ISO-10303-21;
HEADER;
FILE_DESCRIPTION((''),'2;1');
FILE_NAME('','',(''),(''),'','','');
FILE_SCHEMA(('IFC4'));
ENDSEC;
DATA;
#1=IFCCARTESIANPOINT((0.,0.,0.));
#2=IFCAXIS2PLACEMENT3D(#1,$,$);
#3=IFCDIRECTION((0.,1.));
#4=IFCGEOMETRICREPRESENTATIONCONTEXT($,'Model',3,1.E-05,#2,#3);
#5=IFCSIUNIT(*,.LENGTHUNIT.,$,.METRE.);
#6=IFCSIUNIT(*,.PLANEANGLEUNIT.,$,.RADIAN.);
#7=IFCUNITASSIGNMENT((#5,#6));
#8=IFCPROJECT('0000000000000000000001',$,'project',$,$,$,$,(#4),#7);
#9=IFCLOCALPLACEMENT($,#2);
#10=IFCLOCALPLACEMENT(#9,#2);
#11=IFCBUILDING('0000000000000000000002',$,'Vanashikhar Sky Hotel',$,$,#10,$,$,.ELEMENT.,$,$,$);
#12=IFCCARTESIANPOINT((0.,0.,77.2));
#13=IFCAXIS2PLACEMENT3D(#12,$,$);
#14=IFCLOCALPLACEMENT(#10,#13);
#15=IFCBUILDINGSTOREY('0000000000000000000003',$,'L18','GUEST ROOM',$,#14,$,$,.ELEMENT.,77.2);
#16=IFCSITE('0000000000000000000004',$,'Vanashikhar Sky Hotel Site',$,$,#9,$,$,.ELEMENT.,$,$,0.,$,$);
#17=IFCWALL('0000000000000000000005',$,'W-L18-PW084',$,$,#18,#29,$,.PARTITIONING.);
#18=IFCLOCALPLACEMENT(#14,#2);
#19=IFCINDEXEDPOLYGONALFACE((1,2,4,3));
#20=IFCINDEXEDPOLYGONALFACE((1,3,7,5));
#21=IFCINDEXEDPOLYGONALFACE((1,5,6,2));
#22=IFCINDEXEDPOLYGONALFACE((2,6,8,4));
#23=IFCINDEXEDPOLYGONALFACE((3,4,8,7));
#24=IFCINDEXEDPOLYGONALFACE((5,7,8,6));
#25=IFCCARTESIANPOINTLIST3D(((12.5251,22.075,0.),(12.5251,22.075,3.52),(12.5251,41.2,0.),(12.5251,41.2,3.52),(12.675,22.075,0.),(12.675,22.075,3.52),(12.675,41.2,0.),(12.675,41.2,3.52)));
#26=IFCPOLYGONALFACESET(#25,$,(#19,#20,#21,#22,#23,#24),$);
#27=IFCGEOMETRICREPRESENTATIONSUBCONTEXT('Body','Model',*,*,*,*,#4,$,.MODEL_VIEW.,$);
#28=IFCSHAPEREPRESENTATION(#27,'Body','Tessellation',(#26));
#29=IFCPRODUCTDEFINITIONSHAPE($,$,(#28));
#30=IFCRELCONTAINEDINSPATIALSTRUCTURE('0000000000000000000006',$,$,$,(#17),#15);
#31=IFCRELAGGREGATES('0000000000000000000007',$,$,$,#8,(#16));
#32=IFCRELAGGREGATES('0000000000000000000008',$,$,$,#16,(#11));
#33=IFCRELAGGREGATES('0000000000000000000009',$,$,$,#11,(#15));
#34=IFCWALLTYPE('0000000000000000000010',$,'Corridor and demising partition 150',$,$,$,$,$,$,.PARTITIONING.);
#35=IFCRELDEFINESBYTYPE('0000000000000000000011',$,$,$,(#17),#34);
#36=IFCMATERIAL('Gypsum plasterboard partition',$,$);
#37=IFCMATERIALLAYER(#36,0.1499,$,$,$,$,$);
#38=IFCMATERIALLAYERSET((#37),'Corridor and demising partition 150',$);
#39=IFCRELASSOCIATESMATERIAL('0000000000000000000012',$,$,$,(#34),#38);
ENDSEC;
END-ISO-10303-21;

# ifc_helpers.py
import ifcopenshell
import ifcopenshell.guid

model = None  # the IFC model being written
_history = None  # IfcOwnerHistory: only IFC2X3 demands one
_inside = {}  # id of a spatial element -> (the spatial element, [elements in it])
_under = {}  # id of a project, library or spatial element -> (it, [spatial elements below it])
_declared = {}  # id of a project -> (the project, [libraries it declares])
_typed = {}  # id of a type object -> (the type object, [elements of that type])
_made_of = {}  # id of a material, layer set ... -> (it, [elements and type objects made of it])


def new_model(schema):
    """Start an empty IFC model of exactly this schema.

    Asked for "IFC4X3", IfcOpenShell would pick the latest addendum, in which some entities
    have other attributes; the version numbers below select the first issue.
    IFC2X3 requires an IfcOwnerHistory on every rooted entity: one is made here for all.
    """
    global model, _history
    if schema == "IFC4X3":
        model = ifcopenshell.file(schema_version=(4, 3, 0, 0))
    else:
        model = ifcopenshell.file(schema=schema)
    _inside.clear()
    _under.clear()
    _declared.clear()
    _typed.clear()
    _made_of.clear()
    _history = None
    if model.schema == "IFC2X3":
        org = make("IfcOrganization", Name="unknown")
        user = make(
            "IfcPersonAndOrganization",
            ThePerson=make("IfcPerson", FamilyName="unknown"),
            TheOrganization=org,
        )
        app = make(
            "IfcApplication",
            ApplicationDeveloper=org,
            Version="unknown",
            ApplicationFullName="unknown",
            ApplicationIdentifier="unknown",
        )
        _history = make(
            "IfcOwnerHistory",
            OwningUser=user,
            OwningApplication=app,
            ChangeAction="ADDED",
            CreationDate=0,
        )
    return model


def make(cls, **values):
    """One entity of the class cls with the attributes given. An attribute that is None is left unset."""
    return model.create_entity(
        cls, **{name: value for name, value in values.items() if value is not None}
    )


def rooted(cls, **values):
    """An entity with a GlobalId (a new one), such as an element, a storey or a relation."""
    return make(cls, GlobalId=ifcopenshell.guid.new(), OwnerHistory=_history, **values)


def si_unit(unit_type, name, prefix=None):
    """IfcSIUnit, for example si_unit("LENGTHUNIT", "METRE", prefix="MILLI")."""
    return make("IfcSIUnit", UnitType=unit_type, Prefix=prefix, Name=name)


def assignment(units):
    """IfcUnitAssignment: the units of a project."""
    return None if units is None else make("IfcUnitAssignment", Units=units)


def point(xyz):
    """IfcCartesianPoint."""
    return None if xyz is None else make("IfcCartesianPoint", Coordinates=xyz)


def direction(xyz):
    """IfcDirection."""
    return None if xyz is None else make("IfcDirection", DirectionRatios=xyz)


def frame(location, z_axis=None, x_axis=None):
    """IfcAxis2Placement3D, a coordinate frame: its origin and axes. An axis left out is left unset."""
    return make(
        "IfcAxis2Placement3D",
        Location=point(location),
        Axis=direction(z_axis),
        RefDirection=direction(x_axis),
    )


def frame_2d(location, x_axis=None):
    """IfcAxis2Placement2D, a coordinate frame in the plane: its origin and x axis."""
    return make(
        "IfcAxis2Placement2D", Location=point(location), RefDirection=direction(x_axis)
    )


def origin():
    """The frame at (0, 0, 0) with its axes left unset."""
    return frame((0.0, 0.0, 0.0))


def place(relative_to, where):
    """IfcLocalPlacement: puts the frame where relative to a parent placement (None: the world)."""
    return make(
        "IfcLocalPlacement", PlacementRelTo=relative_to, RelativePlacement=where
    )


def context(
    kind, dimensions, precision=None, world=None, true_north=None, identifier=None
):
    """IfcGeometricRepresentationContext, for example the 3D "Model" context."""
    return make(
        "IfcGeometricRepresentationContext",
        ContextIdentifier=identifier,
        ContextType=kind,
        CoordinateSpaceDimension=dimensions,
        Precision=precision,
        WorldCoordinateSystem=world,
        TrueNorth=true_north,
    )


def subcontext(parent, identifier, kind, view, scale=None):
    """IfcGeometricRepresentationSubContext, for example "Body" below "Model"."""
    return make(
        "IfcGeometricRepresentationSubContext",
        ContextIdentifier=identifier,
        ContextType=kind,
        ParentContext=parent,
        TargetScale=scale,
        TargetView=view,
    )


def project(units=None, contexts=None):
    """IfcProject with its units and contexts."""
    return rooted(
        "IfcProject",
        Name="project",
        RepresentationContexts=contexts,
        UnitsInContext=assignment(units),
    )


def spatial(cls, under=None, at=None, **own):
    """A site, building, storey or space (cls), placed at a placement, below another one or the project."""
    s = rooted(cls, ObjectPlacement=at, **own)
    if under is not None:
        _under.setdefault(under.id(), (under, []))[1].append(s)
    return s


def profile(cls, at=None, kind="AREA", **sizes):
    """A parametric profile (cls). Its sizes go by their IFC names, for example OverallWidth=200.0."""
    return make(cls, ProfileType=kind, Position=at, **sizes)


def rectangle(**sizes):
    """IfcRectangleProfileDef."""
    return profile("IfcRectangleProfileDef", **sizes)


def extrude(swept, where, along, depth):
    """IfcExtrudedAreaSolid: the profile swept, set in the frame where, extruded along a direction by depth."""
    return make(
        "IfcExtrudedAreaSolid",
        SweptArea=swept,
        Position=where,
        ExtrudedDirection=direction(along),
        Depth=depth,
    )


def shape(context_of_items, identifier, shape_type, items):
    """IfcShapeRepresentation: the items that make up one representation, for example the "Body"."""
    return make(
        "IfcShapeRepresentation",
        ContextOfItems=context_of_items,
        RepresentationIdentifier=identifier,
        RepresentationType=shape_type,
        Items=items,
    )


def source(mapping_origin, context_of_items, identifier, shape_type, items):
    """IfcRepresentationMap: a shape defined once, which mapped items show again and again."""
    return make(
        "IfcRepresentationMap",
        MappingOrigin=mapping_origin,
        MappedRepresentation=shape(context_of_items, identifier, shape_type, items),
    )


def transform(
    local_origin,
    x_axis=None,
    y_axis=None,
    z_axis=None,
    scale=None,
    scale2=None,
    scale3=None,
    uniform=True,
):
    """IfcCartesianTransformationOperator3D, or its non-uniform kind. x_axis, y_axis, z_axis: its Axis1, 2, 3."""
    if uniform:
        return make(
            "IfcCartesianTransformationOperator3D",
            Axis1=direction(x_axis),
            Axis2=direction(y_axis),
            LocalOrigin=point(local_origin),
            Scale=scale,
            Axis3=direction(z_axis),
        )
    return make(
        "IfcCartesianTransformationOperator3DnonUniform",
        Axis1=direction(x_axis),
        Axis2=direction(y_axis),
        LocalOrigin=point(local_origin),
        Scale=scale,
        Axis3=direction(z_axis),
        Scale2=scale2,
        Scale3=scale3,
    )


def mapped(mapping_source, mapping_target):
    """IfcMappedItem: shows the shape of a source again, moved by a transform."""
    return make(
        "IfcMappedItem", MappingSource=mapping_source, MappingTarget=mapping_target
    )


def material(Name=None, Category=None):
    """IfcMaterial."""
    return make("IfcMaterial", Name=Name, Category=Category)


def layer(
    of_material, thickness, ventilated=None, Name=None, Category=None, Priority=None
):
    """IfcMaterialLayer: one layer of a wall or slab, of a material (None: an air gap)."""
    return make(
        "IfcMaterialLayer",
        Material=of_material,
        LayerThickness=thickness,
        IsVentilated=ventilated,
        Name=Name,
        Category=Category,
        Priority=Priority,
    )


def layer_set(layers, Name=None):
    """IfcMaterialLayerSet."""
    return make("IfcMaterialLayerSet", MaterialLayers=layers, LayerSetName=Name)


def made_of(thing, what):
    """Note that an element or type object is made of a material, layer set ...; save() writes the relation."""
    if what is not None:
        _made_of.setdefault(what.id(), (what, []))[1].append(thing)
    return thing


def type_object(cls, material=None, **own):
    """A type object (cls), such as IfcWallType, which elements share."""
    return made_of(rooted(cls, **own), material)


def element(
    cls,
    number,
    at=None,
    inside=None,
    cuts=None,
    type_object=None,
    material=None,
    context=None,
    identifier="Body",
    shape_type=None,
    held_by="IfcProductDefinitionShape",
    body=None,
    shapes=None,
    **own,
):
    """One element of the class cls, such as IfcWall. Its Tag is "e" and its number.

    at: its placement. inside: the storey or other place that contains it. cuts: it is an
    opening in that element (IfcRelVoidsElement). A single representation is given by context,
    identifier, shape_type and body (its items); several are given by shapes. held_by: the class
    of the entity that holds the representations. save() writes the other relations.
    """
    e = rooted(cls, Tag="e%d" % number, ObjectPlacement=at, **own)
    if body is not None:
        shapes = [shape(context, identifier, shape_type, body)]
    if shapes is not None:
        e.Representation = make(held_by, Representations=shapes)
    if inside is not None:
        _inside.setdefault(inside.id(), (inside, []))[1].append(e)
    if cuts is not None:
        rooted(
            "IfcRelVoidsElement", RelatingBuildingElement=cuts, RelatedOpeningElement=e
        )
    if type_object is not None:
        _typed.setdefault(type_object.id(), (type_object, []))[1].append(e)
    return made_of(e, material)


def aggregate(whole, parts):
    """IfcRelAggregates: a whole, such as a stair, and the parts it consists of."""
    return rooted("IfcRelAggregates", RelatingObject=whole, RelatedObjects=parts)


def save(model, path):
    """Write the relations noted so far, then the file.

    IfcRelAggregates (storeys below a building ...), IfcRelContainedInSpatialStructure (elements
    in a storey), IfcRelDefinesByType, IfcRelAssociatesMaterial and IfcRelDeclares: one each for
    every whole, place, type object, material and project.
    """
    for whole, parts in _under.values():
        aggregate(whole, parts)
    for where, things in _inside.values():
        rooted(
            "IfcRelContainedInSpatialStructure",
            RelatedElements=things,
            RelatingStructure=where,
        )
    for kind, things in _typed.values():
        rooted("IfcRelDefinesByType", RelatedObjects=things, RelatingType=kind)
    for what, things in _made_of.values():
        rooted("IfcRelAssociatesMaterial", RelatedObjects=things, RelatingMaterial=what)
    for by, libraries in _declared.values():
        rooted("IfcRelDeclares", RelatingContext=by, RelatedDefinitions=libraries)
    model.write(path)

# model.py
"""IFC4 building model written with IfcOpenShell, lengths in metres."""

from ifc_helpers import new_model, si_unit, direction, frame, frame_2d, origin, place, context, subcontext, project, spatial, rectangle, extrude, source, transform, mapped, material, layer, layer_set, type_object, element, save


model = new_model("IFC4")

# Units and contexts
model_context = context("Model", 3, precision=1e-05, world=origin(), true_north=direction((0.0, 1.0)))
body_context = subcontext(model_context, "Body", "Model", "MODEL_VIEW")
ifc_project = project(units=[si_unit("LENGTHUNIT", "METRE"), si_unit("PLANEANGLEUNIT", "RADIAN")], contexts=[model_context])

# Site, building, storey
site_placement = place(None, origin())
site = spatial("IfcSite", under=ifc_project, at=site_placement, Name="Vanashikhar Sky Hotel Site", CompositionType="ELEMENT", RefElevation=0.0)
building_placement = place(site_placement, origin())
building = spatial("IfcBuilding", under=site, at=building_placement, Name="Vanashikhar Sky Hotel", CompositionType="ELEMENT")
storey_placement = place(building_placement, frame((0.0, 0.0, 77.2)))
storey = spatial("IfcBuildingStorey", under=building, at=storey_placement, Name="L18", Description="GUEST ROOM", CompositionType="ELEMENT", Elevation=77.2)

# Shared definitions
ifc_material_1 = material(Name="Gypsum plasterboard partition")
ifc_layer_1 = layer(ifc_material_1, 0.1499)
ifc_layer_set_1 = layer_set([ifc_layer_1], Name="Corridor and demising partition 150")
wall_type_1 = type_object("IfcWallType", Name="Corridor and demising partition 150", PredefinedType="PARTITIONING", material=ifc_layer_set_1)

# Wall
shared_shape_1 = source(origin(), body_context, "Body", "SweptSolid", [
    extrude(rectangle(XDim=19.125, YDim=0.1499, at=frame_2d((9.5625, 0.0))), origin(), (0.0, 0.0, 1.0), 3.52),
])
wall_1_placement = place(storey_placement, frame((12.6001, 22.075, 0.0), z_axis=(0.0, 0.0, 1.0), x_axis=(0.0, 1.0, 0.0)))
element("IfcWall", 1, at=wall_1_placement, inside=storey, type_object=wall_type_1, Name="W-L18-PW084", PredefinedType="PARTITIONING", context=body_context, shape_type="MappedRepresentation", body=[
    mapped(shared_shape_1, transform((0.0, 0.0, 0.0), scale=1.0)),
])

save(model, "model.ifc")
